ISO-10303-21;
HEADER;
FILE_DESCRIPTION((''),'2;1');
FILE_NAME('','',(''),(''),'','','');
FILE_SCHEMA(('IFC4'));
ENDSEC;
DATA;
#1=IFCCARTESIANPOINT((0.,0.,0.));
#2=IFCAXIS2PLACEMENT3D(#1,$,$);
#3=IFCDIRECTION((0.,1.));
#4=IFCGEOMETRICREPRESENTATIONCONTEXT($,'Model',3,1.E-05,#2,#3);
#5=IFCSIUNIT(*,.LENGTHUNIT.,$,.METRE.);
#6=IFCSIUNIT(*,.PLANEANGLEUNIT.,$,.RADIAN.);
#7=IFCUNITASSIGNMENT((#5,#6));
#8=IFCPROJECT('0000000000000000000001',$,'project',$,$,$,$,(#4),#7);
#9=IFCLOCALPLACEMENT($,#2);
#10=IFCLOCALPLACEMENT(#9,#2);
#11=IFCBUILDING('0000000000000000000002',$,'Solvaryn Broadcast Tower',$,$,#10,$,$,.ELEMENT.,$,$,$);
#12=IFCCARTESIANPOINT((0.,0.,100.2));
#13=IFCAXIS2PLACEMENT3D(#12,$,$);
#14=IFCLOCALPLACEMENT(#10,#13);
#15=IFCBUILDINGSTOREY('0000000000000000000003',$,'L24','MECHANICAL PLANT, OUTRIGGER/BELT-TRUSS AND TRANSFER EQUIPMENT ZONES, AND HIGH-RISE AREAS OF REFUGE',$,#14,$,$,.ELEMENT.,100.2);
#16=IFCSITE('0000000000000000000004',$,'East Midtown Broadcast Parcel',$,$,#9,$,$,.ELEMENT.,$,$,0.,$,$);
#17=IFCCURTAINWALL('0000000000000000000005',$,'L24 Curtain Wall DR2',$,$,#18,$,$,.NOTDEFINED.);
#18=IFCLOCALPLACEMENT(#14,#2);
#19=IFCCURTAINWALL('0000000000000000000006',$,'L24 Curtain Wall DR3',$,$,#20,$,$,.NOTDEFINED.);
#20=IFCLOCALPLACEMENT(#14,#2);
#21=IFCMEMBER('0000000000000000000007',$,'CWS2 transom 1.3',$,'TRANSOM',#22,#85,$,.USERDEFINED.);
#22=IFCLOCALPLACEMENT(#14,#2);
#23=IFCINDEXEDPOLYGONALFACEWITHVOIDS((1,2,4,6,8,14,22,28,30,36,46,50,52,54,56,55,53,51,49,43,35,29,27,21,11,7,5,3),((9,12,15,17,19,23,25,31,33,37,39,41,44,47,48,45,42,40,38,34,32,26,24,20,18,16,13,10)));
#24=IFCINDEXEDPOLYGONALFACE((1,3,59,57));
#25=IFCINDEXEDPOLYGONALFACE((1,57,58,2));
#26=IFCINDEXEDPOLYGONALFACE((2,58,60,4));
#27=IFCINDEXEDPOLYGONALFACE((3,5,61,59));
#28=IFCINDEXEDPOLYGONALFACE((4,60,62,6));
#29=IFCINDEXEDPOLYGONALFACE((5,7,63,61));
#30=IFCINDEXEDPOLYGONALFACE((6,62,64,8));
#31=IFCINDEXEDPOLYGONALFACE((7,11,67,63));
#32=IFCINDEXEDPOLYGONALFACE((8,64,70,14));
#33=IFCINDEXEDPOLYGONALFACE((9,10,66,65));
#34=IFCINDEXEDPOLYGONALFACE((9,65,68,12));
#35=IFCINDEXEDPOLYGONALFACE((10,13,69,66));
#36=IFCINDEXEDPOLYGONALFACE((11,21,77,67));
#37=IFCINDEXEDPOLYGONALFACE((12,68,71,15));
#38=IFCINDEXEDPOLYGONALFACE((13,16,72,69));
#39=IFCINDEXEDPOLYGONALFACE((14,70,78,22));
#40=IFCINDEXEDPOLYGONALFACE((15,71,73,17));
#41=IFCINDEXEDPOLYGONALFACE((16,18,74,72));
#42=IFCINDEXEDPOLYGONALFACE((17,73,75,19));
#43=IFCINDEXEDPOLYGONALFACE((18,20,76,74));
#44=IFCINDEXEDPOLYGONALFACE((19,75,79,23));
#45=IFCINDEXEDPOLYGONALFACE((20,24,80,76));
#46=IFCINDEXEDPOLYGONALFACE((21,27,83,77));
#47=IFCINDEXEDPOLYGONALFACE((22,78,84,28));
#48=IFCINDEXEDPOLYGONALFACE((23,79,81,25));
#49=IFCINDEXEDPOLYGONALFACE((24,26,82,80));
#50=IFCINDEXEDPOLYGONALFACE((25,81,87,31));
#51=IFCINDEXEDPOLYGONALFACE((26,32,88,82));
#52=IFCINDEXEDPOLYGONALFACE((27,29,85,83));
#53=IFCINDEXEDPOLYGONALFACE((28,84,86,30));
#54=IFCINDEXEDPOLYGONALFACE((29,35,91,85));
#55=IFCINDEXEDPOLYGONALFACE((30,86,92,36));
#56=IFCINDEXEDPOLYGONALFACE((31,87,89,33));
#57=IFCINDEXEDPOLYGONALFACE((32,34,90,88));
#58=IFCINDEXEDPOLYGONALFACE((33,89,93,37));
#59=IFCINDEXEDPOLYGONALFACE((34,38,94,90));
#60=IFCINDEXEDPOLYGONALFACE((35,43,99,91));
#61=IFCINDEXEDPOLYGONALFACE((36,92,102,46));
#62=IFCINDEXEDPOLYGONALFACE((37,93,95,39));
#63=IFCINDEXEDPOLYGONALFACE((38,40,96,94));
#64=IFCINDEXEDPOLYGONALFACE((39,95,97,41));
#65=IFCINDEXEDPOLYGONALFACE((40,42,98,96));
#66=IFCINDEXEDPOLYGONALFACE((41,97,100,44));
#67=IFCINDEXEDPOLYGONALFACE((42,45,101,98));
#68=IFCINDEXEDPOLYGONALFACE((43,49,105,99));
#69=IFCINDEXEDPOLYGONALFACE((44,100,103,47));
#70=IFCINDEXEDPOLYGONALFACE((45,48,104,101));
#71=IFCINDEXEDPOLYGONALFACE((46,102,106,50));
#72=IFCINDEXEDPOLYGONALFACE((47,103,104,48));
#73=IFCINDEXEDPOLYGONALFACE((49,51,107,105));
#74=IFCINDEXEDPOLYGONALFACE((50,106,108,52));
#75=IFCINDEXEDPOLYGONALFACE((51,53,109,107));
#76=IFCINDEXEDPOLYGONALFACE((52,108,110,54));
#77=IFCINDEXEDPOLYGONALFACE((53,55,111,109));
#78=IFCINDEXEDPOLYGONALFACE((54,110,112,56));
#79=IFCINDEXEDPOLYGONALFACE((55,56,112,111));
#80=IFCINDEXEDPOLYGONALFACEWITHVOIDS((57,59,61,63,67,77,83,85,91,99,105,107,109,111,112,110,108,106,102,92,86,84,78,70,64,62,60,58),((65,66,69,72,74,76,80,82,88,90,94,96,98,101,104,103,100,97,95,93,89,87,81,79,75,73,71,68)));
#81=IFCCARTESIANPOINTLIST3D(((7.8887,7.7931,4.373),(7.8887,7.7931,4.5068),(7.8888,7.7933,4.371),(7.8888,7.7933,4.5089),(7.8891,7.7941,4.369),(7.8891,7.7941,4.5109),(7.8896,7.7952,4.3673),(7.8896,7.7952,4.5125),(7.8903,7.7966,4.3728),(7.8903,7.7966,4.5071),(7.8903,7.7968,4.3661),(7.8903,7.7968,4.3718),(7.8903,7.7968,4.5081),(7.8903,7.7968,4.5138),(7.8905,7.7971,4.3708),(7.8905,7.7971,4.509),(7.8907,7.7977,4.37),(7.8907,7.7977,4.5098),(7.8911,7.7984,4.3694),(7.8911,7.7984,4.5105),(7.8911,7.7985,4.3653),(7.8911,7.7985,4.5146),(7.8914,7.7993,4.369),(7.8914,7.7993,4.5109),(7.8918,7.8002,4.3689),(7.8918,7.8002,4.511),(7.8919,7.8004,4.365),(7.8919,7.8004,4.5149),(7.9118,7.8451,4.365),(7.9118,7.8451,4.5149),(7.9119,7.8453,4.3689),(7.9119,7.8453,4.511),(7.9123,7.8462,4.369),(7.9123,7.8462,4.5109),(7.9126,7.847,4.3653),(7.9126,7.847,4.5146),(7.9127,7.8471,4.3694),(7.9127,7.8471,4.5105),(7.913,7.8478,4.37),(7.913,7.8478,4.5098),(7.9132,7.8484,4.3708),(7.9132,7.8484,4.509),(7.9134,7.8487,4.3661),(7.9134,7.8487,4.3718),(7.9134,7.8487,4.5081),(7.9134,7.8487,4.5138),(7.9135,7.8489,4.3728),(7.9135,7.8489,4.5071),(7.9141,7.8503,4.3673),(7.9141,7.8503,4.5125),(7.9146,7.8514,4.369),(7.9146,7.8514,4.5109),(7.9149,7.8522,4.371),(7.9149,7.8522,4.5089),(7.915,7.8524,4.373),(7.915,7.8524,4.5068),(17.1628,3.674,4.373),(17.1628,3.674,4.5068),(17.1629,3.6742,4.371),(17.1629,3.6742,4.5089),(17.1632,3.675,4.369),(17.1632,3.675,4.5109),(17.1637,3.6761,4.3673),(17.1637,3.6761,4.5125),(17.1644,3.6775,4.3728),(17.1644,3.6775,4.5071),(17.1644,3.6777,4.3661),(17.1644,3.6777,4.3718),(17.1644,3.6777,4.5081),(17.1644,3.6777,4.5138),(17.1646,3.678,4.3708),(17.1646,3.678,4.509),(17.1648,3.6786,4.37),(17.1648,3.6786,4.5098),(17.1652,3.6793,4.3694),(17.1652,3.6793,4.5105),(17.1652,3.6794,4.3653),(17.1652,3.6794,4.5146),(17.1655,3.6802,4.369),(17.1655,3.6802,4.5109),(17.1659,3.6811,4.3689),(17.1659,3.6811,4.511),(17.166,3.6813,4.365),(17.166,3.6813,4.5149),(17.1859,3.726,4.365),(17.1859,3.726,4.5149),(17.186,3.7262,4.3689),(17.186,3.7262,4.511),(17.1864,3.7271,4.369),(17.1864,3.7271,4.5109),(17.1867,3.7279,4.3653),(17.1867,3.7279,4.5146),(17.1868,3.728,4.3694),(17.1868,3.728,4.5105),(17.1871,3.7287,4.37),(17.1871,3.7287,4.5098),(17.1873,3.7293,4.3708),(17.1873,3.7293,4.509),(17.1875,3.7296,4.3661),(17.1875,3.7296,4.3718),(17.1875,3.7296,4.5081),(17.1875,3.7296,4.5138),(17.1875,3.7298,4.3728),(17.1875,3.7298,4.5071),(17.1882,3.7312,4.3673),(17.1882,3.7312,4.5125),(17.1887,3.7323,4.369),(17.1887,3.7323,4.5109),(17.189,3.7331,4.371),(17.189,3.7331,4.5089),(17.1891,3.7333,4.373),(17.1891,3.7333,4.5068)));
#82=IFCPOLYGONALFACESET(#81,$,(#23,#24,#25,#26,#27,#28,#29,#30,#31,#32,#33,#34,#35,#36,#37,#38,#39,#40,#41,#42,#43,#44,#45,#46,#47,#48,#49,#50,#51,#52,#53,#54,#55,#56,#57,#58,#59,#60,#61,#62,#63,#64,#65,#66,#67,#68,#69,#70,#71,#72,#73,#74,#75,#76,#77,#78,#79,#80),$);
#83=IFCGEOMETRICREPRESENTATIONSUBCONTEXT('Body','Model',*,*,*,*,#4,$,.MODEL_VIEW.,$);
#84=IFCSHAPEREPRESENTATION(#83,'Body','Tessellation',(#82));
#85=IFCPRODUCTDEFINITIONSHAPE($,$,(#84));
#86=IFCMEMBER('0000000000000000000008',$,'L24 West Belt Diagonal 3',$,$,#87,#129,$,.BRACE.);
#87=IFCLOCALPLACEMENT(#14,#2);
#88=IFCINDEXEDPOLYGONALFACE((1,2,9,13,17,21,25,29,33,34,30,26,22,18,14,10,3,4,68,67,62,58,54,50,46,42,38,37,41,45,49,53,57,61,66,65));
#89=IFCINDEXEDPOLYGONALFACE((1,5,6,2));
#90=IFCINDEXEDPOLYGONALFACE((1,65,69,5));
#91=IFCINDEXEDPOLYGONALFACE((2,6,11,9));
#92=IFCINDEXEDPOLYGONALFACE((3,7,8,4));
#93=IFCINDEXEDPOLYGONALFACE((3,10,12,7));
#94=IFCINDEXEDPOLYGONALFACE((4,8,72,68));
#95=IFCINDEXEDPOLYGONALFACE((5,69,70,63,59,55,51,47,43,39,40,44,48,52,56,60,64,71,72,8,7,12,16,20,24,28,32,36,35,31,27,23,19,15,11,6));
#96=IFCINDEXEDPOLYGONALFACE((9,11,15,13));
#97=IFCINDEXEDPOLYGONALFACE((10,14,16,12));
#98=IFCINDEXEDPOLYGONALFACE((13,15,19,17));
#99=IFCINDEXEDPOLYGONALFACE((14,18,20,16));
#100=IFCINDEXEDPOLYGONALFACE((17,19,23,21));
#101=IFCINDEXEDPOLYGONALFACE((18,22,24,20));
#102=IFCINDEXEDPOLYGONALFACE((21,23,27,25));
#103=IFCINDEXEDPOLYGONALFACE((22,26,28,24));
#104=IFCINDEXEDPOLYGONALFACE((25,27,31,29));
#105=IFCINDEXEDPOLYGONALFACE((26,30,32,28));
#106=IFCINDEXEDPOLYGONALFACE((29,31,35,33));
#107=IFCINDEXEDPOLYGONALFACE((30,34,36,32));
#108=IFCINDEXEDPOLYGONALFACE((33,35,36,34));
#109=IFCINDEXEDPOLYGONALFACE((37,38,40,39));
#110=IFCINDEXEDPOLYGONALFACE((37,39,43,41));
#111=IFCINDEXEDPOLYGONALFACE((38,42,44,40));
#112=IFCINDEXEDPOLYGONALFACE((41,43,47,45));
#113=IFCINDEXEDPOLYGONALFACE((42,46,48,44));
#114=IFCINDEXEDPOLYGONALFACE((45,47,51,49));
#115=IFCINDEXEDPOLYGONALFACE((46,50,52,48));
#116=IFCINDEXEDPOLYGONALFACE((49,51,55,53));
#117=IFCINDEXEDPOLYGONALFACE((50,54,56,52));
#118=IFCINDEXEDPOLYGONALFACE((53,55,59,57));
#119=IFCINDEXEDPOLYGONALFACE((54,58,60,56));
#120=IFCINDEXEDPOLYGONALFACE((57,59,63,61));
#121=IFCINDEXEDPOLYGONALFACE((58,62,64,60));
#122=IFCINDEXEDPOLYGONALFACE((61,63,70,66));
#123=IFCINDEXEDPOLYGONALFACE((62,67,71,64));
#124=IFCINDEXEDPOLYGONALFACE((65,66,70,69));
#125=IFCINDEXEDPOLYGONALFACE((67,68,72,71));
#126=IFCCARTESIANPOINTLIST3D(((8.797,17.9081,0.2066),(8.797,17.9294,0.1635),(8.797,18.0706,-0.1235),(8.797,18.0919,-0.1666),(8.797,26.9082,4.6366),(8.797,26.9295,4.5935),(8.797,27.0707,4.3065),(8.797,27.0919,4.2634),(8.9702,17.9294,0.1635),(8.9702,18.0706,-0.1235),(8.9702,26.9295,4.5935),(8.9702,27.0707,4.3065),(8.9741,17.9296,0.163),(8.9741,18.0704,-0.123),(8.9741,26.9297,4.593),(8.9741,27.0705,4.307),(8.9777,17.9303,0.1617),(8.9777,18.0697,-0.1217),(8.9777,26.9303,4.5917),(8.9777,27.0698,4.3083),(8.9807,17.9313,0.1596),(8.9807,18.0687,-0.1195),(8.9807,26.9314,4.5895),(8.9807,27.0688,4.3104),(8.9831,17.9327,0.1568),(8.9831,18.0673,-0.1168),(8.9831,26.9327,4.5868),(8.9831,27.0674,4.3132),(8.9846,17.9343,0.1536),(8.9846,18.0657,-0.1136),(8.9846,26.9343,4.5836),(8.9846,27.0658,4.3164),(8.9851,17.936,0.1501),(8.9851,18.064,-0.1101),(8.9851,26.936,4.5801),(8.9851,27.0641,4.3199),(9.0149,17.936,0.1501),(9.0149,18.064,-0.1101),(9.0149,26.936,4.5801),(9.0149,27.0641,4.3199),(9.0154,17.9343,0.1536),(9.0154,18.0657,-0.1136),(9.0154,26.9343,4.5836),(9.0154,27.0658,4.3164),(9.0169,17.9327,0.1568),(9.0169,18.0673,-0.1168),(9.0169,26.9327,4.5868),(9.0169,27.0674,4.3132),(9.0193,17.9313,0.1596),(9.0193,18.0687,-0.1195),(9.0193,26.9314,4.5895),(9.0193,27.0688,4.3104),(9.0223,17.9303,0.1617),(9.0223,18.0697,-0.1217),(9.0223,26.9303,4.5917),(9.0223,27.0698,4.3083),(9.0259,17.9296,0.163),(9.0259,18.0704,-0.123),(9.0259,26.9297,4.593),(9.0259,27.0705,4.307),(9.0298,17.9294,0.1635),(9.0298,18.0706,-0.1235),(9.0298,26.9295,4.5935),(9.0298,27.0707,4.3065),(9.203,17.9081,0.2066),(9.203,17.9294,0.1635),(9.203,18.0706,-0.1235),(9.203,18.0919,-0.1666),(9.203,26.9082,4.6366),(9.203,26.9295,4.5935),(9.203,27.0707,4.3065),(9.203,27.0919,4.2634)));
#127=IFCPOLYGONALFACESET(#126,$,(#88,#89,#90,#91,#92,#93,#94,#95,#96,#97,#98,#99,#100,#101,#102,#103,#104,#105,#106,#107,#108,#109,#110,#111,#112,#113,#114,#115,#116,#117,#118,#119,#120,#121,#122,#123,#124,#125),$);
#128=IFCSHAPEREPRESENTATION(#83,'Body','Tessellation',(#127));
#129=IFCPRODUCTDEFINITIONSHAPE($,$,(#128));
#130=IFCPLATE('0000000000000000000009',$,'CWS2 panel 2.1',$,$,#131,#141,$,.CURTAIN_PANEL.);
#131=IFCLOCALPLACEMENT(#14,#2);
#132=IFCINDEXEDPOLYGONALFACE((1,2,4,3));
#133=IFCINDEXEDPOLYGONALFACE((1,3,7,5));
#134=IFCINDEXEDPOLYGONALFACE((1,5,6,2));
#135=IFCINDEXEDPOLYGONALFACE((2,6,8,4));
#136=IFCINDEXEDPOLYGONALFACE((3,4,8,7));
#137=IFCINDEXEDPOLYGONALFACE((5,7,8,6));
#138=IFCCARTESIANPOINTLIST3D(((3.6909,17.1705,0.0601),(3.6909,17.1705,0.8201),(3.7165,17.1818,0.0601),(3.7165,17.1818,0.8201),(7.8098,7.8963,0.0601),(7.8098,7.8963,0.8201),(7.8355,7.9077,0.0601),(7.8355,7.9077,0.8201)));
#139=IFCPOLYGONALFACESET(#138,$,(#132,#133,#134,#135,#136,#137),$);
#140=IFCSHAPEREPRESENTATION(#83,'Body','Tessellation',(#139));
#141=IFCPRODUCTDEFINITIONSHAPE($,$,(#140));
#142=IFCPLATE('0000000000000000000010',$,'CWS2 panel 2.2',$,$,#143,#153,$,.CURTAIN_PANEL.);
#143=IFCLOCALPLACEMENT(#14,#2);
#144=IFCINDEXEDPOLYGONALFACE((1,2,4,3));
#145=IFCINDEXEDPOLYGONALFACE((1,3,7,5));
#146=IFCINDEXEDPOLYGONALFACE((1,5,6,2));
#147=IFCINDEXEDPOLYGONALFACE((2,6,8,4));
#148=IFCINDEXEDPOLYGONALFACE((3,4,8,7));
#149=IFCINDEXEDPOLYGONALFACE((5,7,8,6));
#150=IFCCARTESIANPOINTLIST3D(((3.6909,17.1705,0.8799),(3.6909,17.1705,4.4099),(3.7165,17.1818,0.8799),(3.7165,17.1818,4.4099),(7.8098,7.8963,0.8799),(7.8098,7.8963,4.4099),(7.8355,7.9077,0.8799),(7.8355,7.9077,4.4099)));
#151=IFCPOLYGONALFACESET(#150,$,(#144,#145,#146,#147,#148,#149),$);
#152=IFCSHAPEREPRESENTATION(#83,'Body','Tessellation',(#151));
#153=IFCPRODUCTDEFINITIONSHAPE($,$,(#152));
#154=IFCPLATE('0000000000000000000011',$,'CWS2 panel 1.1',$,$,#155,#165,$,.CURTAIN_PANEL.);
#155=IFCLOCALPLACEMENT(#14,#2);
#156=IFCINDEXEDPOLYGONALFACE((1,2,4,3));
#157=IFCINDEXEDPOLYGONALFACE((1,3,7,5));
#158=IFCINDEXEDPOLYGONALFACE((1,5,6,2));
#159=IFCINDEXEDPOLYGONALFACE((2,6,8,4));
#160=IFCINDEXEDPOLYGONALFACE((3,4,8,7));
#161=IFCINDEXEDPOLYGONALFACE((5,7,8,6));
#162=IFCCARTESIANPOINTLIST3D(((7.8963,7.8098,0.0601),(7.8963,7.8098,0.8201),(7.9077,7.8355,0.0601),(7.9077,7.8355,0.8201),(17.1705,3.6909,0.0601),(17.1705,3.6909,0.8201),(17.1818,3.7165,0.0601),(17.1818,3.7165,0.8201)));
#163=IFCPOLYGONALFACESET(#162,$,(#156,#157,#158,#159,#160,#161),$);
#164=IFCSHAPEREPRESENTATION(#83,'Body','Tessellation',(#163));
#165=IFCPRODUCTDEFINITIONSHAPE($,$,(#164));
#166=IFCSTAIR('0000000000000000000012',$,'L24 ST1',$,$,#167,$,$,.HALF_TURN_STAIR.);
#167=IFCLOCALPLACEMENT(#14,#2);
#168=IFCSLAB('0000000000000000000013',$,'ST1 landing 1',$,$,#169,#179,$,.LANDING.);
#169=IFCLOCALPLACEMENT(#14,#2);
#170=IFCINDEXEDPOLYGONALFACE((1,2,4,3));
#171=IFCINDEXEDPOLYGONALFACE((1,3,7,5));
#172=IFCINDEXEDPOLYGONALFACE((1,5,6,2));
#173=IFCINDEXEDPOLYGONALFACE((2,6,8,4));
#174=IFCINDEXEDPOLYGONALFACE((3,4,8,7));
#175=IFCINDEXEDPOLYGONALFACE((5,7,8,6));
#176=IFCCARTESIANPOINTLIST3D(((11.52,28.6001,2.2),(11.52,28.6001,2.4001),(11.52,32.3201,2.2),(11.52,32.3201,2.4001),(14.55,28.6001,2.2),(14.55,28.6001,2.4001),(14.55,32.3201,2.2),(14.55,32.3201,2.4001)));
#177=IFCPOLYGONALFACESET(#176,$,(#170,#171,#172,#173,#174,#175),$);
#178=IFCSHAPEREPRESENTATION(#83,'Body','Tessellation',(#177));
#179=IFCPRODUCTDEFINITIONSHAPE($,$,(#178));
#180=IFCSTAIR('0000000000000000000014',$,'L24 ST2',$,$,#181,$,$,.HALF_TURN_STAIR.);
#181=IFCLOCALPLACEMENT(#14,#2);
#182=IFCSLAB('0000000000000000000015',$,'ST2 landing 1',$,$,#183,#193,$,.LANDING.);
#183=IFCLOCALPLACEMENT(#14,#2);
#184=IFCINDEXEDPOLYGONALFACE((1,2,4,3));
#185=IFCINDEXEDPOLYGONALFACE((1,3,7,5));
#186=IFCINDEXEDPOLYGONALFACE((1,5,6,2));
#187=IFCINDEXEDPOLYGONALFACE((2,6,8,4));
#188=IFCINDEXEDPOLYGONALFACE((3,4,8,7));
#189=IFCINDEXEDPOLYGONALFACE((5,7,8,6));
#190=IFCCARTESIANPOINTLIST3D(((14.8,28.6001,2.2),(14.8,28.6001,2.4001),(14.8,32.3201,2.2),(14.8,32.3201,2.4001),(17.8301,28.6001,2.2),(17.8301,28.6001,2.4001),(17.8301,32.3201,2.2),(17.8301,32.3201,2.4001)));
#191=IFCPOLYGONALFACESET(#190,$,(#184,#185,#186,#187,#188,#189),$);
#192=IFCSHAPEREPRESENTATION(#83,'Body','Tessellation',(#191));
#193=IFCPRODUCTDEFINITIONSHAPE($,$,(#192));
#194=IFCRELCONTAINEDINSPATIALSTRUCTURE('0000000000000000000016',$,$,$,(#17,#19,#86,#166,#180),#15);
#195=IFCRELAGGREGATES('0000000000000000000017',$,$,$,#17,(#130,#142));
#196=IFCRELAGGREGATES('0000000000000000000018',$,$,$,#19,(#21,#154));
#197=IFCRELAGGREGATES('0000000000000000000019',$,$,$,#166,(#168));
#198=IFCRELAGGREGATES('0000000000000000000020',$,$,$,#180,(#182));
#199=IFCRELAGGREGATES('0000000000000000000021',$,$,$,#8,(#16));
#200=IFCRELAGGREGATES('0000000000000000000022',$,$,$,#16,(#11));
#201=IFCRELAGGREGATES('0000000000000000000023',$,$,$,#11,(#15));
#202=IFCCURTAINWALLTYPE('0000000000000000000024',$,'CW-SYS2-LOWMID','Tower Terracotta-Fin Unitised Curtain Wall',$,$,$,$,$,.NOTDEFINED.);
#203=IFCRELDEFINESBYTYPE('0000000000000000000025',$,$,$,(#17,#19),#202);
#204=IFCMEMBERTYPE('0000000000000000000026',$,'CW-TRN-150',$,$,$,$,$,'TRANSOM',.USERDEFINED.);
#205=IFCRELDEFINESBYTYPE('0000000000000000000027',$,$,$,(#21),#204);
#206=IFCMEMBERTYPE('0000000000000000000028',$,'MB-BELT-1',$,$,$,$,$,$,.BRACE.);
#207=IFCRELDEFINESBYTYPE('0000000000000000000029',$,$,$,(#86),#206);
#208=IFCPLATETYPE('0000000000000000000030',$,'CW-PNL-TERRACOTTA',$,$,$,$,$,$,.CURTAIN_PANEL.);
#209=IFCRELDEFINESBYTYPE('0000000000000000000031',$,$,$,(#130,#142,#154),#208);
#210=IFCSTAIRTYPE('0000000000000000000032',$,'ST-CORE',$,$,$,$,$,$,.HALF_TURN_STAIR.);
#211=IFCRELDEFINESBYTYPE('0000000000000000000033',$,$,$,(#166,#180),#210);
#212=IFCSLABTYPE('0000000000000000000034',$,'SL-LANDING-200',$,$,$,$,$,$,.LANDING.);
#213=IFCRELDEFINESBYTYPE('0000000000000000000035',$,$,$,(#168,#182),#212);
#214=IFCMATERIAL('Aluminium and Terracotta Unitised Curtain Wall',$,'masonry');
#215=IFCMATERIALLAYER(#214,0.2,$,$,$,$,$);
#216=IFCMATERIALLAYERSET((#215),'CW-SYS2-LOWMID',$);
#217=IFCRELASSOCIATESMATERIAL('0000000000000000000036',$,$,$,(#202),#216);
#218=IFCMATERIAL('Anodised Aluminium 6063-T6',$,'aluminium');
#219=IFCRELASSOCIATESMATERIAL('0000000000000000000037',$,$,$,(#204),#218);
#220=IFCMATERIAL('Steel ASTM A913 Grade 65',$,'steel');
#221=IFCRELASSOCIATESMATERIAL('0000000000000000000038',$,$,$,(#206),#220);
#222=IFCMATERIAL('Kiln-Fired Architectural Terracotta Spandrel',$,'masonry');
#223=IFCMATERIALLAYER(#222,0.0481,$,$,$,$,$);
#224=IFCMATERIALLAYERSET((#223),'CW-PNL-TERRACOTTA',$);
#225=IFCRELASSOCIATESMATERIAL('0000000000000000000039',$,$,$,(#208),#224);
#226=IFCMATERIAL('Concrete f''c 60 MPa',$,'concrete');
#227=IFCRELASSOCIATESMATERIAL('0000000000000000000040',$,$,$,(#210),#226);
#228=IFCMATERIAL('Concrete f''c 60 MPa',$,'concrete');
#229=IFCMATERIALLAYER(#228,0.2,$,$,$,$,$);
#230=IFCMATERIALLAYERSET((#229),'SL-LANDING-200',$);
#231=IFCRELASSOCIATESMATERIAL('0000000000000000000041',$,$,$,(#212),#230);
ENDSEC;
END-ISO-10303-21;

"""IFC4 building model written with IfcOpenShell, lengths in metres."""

from ifc_helpers import new_model, si_unit, direction, frame, origin, origin_2d, place, context, subcontext, project, spatial, polyline, rectangle, hollow_rectangle, i_section, outline, extrude, material, layer, layer_set, material_profile, profile_set, type_object, element, aggregate, save


model = new_model("IFC4")

# Units and contexts
model_context = context("Model", 3, precision=1e-05, world=origin(), true_north=direction((0.0, 1.0)))
body_context = subcontext(model_context, "Body", "Model", "MODEL_VIEW")
ifc_project = project(units=[si_unit("LENGTHUNIT", "METRE"), si_unit("PLANEANGLEUNIT", "RADIAN")], contexts=[model_context])

# Site, building, storey
site_placement = place(None, origin())
site = spatial("IfcSite", under=ifc_project, at=site_placement, Name="East Midtown Broadcast Parcel", CompositionType="ELEMENT", RefElevation=0.0)
building_placement = place(site_placement, origin())
building = spatial("IfcBuilding", under=site, at=building_placement, Name="Solvaryn Broadcast Tower", CompositionType="ELEMENT")
storey_placement = place(building_placement, frame((0.0, 0.0, 100.2)))
storey = spatial("IfcBuildingStorey", under=building, at=storey_placement, Name="L24", Description="MECHANICAL PLANT, OUTRIGGER/BELT-TRUSS AND TRANSFER EQUIPMENT ZONES, AND HIGH-RISE AREAS OF REFUGE", CompositionType="ELEMENT", Elevation=100.2)

# Curtain wall
ifc_material_1 = material(Name="Aluminium and Terracotta Unitised Curtain Wall", Category="masonry")
ifc_layer_1 = layer(ifc_material_1, 0.2)
ifc_layer_set_1 = layer_set([ifc_layer_1], Name="CW-SYS2-LOWMID")
curtain_wall_type = type_object("IfcCurtainWallType", Name="CW-SYS2-LOWMID", Description="Tower Terracotta-Fin Unitised Curtain Wall", PredefinedType="NOTDEFINED", material=ifc_layer_set_1)
curtain_wall_1_placement = place(storey_placement, origin())
curtain_wall_1 = element("IfcCurtainWall", 1, at=curtain_wall_1_placement, inside=storey, type_object=curtain_wall_type, Name="L24 Curtain Wall DR2", PredefinedType="NOTDEFINED")

# Curtain wall
curtain_wall_2_placement = place(storey_placement, origin())
curtain_wall_2 = element("IfcCurtainWall", 2, at=curtain_wall_2_placement, inside=storey, type_object=curtain_wall_type, Name="L24 Curtain Wall DR3", PredefinedType="NOTDEFINED")

# Members
ifc_material_2 = material(Name="Anodised Aluminium 6063-T6", Category="aluminium")
ifc_material_profile_1 = material_profile(ifc_material_2, hollow_rectangle(XDim=0.0649, YDim=0.1499, WallThickness=0.0039, InnerFilletRadius=0.0039, OuterFilletRadius=0.0081, at=origin_2d()))
ifc_profile_set_1 = profile_set([ifc_material_profile_1], Name="Anodised Aluminium 6063-T6")
member_type_1 = type_object("IfcMemberType", Name="CW-TRN-150", ElementType="TRANSOM", PredefinedType="USERDEFINED", material=ifc_profile_set_1)
member_1_placement = place(storey_placement, frame((7.9019, 7.8228, 4.4399), z_axis=(0.913911, -0.405915, 0.0), x_axis=(0.405915, 0.913911, 0.0)))
member_1 = element("IfcMember", 3, at=member_1_placement, type_object=member_type_1, Name="CWS2 transom 1.3", ObjectType="TRANSOM", PredefinedType="USERDEFINED", context=body_context, shape_type="SweptSolid", body=[
    extrude(hollow_rectangle(XDim=0.0649, YDim=0.1499, WallThickness=0.0039, InnerFilletRadius=0.0039, OuterFilletRadius=0.0081, at=origin_2d()), origin(), (0.0, 0.0, 1.0), 10.1477),
])
ifc_material_3 = material(Name="Steel ASTM A913 Grade 65", Category="steel")
ifc_material_profile_2 = material_profile(ifc_material_3, i_section(OverallWidth=0.406, OverallDepth=0.416, WebThickness=0.0298, FlangeThickness=0.0481, FilletRadius=0.0149, at=origin_2d()))
ifc_profile_set_2 = profile_set([ifc_material_profile_2], Name="Steel ASTM A913 Grade 65")
member_type_2 = type_object("IfcMemberType", Name="MB-BELT-1", PredefinedType="BRACE", material=ifc_profile_set_2)
member_2_placement = place(storey_placement, frame((9.0, 18.0, 0.02), z_axis=(0.0, 0.897204, 0.441617), x_axis=(-1.0, 0.0, 0.0)))
element("IfcMember", 4, at=member_2_placement, inside=storey, type_object=member_type_2, Name="L24 West Belt Diagonal 3", PredefinedType="BRACE", context=body_context, shape_type="SweptSolid", body=[
    extrude(i_section(OverallWidth=0.406, OverallDepth=0.416, WebThickness=0.0298, FlangeThickness=0.0481, FilletRadius=0.0149, at=origin_2d()), origin(), (0.0, 0.0, 1.0), 10.0312),
])

# Plates
ifc_material_4 = material(Name="Kiln-Fired Architectural Terracotta Spandrel", Category="masonry")
ifc_layer_2 = layer(ifc_material_4, 0.0481)
ifc_layer_set_2 = layer_set([ifc_layer_2], Name="CW-PNL-TERRACOTTA")
plate_type = type_object("IfcPlateType", Name="CW-PNL-TERRACOTTA", PredefinedType="CURTAIN_PANEL", material=ifc_layer_set_2)
plate_1_placement = place(storey_placement, frame((5.7632, 12.5391, 0.0601), z_axis=(0.0, 0.0, 1.0), x_axis=(0.405898, -0.913918, 0.0)))
plate_1 = element("IfcPlate", 5, at=plate_1_placement, type_object=plate_type, Name="CWS2 panel 2.1", PredefinedType="CURTAIN_PANEL", context=body_context, shape_type="SweptSolid", body=[
    extrude(rectangle(XDim=10.1477, YDim=0.0281, at=origin_2d()), origin(), (0.0, 0.0, 1.0), 0.76),
])
plate_2_placement = place(storey_placement, frame((5.7632, 12.5391, 0.8799), z_axis=(0.0, 0.0, 1.0), x_axis=(0.405898, -0.913918, 0.0)))
plate_2 = element("IfcPlate", 6, at=plate_2_placement, type_object=plate_type, Name="CWS2 panel 2.2", PredefinedType="CURTAIN_PANEL", context=body_context, shape_type="SweptSolid", body=[
    extrude(rectangle(XDim=10.1477, YDim=0.0281, at=origin_2d()), origin(), (0.0, 0.0, 1.0), 3.53),
])
aggregate(curtain_wall_1, [plate_1, plate_2])
plate_3_placement = place(storey_placement, frame((12.5391, 5.7632, 0.0601), z_axis=(0.0, 0.0, 1.0), x_axis=(0.913918, -0.405898, 0.0)))
plate_3 = element("IfcPlate", 7, at=plate_3_placement, type_object=plate_type, Name="CWS2 panel 1.1", PredefinedType="CURTAIN_PANEL", context=body_context, shape_type="SweptSolid", body=[
    extrude(rectangle(XDim=10.1477, YDim=0.0281, at=origin_2d()), origin(), (0.0, 0.0, 1.0), 0.76),
])
aggregate(curtain_wall_2, [member_1, plate_3])

# Stairs, slabs
ifc_material_5 = material(Name="Concrete f'c 60 MPa", Category="concrete")
stair_type = type_object("IfcStairType", Name="ST-CORE", PredefinedType="HALF_TURN_STAIR", material=ifc_material_5)
stair_1_placement = place(storey_placement, origin())
stair_1 = element("IfcStair", 8, at=stair_1_placement, inside=storey, type_object=stair_type, Name="L24 ST1", PredefinedType="HALF_TURN_STAIR")
ifc_material_6 = material(Name="Concrete f'c 60 MPa", Category="concrete")
ifc_layer_3 = layer(ifc_material_6, 0.2)
ifc_layer_set_3 = layer_set([ifc_layer_3], Name="SL-LANDING-200")
slab_type_1 = type_object("IfcSlabType", Name="SL-LANDING-200", PredefinedType="LANDING", material=ifc_layer_set_3)
slab_1_placement = place(storey_placement, frame((0.0, 0.0, 2.2)))
slab_1 = element("IfcSlab", 9, at=slab_1_placement, type_object=slab_type_1, Name="ST1 landing 1", PredefinedType="LANDING", context=body_context, shape_type="SweptSolid", body=[
    extrude(outline(polyline([(11.52, 32.3201), (11.52, 28.6001), (14.55, 28.6001), (14.55, 32.3201), (11.52, 32.3201)])), origin(), (0.0, 0.0, 1.0), 0.2002),
])
aggregate(stair_1, [slab_1])
stair_2_placement = place(storey_placement, origin())
stair_2 = element("IfcStair", 10, at=stair_2_placement, inside=storey, type_object=stair_type, Name="L24 ST2", PredefinedType="HALF_TURN_STAIR")
slab_2_placement = place(storey_placement, frame((0.0, 0.0, 2.2)))
slab_2 = element("IfcSlab", 11, at=slab_2_placement, type_object=slab_type_1, Name="ST2 landing 1", PredefinedType="LANDING", context=body_context, shape_type="SweptSolid", body=[
    extrude(outline(polyline([(14.8, 32.3201), (14.8, 28.6001), (17.8301, 28.6001), (17.8301, 32.3201), (14.8, 32.3201)])), origin(), (0.0, 0.0, 1.0), 0.2002),
])
aggregate(stair_2, [slab_2])

save(model, "model.ifc")
